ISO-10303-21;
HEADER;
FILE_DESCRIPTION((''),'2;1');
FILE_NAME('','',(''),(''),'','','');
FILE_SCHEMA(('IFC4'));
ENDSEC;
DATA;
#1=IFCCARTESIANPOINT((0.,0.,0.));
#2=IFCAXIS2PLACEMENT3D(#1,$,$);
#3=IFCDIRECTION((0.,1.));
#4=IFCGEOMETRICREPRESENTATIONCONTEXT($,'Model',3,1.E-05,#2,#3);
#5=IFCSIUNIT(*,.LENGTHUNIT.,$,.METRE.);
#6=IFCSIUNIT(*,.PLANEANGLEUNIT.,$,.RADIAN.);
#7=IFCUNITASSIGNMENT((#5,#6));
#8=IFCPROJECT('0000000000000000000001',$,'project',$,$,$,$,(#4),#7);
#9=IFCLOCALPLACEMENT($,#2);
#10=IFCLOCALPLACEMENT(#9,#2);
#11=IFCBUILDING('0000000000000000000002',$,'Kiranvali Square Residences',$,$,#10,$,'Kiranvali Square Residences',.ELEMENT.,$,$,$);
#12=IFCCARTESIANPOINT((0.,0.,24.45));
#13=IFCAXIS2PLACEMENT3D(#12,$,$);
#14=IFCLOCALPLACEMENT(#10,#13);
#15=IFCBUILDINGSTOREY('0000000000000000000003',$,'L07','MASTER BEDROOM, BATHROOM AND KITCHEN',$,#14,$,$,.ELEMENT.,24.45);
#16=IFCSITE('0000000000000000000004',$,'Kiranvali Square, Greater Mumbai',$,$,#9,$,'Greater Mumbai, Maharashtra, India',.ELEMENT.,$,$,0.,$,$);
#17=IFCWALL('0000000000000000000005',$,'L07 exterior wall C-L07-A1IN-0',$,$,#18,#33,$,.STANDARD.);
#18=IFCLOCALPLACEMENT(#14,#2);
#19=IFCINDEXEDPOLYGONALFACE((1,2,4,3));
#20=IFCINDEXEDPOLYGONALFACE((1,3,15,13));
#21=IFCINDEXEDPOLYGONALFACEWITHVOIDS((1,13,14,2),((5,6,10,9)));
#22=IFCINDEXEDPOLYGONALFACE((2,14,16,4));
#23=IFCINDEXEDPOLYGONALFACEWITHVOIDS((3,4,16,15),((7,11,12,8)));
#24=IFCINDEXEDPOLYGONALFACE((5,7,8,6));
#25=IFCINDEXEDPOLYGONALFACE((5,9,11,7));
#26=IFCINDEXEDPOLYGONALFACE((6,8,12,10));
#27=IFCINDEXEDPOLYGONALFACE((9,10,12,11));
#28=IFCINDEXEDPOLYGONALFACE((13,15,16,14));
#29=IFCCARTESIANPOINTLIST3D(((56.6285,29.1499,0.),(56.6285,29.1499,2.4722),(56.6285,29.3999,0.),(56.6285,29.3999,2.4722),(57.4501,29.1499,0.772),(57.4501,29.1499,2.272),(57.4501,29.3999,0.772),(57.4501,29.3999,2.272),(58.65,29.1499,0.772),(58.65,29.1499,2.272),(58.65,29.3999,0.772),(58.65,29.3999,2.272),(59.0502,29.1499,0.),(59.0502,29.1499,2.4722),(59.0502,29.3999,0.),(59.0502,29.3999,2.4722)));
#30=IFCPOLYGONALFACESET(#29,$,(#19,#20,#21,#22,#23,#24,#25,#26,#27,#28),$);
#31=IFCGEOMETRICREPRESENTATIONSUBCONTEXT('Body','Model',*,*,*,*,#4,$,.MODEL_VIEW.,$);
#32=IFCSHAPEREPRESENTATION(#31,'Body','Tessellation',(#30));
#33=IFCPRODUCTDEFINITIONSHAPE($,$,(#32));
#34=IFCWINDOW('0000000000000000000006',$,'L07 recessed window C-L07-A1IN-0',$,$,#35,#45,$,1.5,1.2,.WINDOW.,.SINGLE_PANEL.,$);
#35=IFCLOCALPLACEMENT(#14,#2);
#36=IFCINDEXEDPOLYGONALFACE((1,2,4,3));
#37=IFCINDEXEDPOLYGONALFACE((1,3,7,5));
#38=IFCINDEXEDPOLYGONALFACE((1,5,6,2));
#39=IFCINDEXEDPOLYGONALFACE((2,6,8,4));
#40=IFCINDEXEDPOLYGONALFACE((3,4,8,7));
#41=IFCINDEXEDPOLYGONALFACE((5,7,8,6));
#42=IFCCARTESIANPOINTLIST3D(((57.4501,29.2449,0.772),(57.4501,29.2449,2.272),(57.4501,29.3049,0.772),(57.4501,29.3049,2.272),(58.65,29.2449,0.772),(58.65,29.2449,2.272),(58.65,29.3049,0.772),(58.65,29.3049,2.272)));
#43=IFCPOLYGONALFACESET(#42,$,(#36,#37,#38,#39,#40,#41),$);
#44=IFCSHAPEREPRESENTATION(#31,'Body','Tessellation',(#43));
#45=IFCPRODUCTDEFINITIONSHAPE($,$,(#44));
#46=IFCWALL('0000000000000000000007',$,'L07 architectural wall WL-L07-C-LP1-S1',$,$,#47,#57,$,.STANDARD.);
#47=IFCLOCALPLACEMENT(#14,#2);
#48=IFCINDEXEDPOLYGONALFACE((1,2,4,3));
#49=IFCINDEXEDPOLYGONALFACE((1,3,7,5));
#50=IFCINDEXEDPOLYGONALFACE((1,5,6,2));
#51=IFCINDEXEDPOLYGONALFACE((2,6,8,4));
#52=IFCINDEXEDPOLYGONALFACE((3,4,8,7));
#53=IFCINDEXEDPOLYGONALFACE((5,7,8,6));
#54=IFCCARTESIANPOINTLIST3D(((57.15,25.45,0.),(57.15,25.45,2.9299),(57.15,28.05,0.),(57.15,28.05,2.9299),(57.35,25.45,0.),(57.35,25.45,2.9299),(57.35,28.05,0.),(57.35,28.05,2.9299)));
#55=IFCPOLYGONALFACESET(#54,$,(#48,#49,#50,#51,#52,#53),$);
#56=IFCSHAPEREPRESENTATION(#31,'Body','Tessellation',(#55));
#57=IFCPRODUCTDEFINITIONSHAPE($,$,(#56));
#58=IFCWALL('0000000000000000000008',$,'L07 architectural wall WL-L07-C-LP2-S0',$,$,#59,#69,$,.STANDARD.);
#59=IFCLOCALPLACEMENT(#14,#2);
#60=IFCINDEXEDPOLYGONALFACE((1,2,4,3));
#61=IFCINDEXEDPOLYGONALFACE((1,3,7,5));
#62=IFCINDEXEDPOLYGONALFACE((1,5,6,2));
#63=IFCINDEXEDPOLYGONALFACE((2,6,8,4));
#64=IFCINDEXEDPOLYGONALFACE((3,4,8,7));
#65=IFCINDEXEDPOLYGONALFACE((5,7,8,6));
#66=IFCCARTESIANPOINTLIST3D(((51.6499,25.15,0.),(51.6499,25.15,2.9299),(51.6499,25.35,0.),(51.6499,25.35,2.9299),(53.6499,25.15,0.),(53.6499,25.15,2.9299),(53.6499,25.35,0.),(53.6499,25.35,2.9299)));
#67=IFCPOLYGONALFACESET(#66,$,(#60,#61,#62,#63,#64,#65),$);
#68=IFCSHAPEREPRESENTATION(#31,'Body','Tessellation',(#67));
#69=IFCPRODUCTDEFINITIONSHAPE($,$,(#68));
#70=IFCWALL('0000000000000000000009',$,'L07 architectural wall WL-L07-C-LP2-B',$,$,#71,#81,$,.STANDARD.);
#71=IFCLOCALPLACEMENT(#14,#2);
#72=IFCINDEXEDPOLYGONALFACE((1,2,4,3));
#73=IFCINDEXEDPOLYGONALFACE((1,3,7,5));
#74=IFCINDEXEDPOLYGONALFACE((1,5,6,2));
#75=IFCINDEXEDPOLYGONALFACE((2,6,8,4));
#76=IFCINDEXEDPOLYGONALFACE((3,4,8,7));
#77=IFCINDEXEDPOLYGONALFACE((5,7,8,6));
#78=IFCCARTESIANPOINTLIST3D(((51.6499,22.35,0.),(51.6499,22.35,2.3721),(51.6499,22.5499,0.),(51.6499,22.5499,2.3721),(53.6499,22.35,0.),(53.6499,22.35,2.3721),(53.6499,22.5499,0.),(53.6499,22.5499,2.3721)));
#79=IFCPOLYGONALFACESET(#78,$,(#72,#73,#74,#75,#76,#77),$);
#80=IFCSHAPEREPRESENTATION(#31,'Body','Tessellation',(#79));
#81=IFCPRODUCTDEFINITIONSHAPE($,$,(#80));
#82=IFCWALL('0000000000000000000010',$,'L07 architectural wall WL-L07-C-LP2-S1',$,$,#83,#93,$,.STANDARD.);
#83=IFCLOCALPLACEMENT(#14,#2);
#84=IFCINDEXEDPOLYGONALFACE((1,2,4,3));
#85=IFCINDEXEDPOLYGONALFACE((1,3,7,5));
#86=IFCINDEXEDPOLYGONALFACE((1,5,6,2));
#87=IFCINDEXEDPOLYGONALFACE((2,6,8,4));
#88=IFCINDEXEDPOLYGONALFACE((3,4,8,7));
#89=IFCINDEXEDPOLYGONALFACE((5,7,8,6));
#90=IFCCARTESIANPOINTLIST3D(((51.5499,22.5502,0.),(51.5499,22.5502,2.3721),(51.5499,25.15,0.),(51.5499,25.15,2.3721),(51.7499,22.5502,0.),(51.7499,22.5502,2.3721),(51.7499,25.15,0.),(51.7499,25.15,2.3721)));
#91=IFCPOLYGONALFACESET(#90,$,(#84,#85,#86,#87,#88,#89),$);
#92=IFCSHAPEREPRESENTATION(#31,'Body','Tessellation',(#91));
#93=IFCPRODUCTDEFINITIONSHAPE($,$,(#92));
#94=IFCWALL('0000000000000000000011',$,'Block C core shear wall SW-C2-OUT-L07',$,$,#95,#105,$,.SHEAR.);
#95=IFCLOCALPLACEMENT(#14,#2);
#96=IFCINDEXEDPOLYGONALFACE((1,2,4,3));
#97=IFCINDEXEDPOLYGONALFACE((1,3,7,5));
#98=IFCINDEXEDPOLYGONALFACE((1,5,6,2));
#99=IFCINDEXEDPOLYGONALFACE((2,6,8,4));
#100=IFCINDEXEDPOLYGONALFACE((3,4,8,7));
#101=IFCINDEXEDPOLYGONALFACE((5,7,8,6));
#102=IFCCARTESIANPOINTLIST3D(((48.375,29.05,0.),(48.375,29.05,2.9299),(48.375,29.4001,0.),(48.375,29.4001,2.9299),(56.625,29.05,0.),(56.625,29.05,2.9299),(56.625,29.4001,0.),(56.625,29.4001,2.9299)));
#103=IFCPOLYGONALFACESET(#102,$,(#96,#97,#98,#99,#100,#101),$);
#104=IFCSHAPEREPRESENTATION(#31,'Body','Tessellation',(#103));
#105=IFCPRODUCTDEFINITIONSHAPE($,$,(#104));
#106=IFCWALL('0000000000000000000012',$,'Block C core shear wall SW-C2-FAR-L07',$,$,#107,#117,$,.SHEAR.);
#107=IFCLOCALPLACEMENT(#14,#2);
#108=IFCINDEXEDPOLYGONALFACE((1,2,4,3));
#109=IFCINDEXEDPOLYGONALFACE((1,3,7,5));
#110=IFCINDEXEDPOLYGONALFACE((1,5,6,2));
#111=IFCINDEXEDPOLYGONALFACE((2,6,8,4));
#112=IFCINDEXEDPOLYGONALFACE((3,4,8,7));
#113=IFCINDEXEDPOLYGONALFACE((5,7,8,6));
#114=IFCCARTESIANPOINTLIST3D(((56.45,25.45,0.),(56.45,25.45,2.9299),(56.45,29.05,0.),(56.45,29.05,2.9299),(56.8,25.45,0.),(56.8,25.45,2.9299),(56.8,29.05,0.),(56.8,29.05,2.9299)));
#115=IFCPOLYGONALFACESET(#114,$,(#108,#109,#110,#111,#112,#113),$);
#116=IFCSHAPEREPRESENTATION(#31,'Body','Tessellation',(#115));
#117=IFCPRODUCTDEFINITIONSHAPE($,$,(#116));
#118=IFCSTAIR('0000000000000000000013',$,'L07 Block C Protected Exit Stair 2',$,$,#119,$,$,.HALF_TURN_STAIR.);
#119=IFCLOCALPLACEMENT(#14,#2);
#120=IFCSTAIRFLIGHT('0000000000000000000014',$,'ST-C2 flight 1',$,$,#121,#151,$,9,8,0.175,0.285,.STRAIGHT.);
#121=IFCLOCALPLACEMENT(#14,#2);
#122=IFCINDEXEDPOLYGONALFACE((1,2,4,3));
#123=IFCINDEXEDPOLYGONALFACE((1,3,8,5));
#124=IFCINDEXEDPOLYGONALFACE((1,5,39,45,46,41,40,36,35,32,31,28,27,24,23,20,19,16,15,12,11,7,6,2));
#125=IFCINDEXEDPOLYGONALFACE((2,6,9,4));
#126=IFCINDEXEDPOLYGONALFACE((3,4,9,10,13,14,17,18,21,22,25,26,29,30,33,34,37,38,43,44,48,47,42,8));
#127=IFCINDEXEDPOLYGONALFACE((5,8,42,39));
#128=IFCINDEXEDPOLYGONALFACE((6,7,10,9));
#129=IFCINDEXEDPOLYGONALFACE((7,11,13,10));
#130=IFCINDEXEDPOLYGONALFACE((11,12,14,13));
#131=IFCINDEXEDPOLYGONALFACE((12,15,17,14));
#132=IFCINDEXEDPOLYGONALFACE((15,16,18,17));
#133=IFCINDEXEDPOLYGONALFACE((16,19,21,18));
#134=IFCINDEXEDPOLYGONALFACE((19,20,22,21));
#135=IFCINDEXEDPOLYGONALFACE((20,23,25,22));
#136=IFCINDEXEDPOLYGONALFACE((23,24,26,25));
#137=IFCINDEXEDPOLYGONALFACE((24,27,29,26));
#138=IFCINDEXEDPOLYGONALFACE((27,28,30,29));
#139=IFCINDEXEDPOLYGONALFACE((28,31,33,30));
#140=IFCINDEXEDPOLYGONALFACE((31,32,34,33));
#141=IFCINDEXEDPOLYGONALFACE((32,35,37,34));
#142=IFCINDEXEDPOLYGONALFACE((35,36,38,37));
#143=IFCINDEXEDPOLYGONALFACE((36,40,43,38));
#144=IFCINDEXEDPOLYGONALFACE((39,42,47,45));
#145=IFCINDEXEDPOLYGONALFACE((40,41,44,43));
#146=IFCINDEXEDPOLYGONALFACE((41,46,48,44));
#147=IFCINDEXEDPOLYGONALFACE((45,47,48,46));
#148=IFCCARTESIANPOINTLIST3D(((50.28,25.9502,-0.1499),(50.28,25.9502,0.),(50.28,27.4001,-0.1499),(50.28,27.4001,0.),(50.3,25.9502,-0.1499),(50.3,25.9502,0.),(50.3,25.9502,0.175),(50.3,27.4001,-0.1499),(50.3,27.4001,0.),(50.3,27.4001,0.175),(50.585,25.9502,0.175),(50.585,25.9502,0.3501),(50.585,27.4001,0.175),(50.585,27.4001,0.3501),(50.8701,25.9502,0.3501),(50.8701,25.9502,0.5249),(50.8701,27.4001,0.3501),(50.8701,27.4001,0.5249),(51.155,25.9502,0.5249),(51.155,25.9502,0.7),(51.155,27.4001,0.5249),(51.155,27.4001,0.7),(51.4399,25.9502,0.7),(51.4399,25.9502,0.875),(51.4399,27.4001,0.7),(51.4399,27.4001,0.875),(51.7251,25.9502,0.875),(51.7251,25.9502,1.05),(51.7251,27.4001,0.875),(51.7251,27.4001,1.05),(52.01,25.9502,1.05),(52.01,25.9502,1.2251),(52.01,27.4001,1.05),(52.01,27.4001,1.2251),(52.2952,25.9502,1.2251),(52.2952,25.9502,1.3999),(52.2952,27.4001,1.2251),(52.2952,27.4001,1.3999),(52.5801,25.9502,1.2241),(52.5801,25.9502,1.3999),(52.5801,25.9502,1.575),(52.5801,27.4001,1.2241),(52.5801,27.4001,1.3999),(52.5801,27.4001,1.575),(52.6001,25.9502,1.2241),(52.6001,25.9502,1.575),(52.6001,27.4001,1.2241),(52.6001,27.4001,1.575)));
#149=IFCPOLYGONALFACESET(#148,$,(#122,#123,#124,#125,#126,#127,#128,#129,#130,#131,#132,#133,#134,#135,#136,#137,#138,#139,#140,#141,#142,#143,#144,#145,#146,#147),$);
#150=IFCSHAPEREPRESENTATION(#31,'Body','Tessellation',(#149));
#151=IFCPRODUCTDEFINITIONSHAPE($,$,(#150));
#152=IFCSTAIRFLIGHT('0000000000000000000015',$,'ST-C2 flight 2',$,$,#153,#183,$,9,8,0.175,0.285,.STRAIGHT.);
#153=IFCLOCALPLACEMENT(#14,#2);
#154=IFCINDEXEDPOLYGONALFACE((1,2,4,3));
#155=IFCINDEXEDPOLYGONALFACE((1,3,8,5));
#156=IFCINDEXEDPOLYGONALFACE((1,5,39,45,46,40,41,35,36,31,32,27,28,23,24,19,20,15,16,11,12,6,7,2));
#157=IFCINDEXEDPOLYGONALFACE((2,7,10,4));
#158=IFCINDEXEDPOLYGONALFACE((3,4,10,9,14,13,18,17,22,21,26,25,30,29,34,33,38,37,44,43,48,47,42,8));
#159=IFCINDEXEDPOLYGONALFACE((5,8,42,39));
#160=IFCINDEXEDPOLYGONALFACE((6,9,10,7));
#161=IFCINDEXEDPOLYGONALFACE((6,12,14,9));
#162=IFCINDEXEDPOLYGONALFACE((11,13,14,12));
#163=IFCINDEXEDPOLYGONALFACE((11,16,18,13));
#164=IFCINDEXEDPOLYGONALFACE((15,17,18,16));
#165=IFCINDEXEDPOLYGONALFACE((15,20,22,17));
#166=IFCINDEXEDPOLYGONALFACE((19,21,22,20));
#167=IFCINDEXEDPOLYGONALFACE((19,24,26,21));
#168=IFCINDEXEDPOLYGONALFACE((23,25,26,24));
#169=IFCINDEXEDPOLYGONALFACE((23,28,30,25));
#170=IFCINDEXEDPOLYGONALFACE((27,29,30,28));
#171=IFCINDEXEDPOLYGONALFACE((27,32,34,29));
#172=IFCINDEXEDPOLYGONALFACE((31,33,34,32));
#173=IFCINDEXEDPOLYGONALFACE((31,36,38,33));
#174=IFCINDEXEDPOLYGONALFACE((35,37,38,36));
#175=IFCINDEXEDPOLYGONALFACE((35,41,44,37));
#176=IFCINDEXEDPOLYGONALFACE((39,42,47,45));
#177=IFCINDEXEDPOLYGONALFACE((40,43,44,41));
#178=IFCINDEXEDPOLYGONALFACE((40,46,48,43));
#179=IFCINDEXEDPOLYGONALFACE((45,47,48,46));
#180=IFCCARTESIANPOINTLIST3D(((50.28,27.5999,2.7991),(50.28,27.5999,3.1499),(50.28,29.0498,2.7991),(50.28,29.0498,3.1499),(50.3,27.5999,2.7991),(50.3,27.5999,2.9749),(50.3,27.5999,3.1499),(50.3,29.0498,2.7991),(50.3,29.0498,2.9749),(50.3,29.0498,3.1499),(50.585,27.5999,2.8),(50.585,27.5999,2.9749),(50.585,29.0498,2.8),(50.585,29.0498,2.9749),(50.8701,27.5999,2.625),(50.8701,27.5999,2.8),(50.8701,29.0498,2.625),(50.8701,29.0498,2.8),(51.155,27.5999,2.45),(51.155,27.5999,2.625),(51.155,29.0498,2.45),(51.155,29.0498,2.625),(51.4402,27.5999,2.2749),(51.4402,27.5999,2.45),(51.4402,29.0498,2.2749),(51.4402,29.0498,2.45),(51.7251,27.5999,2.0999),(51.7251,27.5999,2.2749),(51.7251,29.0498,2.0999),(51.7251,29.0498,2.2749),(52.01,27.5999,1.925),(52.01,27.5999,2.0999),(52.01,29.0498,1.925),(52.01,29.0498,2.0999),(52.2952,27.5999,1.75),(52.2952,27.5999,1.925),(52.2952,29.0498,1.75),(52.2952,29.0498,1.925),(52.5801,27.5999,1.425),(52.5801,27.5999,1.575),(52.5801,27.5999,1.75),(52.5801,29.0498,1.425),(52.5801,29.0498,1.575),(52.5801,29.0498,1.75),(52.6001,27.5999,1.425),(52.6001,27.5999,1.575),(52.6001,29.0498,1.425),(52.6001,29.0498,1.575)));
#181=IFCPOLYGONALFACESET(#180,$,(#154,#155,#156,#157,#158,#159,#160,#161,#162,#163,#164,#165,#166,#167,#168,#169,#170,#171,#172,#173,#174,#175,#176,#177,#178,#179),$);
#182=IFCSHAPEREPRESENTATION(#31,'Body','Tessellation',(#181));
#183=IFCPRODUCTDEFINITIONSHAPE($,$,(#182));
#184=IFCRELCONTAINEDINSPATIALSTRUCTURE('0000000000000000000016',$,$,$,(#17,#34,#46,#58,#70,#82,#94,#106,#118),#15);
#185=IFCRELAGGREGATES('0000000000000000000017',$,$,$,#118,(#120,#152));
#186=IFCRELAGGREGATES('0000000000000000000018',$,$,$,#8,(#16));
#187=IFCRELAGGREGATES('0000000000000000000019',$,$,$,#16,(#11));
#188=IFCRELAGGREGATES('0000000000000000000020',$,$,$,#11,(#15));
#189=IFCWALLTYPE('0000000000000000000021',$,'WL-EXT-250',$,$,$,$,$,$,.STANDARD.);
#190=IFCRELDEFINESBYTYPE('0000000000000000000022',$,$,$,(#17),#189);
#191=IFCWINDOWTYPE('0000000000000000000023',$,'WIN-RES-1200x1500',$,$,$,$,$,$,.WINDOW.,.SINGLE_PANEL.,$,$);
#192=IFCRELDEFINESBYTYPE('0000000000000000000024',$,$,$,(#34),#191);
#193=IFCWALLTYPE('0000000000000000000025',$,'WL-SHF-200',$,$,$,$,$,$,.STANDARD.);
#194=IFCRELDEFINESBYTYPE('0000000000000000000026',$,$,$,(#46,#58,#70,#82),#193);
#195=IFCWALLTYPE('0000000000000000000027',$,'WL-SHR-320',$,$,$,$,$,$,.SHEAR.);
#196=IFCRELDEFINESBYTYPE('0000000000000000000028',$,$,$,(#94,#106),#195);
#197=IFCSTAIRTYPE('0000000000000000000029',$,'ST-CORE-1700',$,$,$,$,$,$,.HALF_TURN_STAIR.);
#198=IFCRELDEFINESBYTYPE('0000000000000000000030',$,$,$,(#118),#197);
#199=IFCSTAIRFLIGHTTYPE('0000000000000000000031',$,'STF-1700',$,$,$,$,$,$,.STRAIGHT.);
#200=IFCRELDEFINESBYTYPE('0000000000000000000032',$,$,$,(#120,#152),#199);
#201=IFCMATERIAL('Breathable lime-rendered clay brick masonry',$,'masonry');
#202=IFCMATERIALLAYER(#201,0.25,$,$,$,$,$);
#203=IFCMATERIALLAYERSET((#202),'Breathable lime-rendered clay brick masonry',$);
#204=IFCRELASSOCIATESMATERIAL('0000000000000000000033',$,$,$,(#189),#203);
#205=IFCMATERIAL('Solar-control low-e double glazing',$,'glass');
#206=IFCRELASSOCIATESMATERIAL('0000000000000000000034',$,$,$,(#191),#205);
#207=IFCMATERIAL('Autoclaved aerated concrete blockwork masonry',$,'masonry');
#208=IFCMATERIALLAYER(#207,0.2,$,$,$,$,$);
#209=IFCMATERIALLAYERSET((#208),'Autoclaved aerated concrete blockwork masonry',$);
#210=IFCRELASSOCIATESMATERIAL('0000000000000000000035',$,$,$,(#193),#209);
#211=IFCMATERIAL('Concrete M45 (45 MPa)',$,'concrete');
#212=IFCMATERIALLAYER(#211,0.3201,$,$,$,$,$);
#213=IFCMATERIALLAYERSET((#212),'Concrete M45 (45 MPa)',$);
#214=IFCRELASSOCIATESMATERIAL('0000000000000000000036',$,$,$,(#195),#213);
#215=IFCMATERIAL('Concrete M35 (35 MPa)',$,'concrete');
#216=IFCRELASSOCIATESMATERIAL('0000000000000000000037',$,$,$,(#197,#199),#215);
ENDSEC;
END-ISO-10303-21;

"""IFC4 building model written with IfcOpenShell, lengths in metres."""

from ifc_helpers import new_model, si_unit, direction, frame, frame_2d, origin, place, context, subcontext, project, spatial, polyline, rectangle, outline, extrude, material, layer, layer_set, type_object, element, fill, aggregate, save


model = new_model("IFC4")

# Units and contexts
model_context = context("Model", 3, precision=1e-05, world=origin(), true_north=direction((0.0, 1.0)))
body_context = subcontext(model_context, "Body", "Model", "MODEL_VIEW")
ifc_project = project(units=[si_unit("LENGTHUNIT", "METRE"), si_unit("PLANEANGLEUNIT", "RADIAN")], contexts=[model_context])

# Site, building, storey
site_placement = place(None, origin())
site = spatial("IfcSite", under=ifc_project, at=site_placement, Name="Kiranvali Square, Greater Mumbai", LongName="Greater Mumbai, Maharashtra, India", CompositionType="ELEMENT", RefElevation=0.0)
building_placement = place(site_placement, origin())
building = spatial("IfcBuilding", under=site, at=building_placement, Name="Kiranvali Square Residences", LongName="Kiranvali Square Residences", CompositionType="ELEMENT")
storey_placement = place(building_placement, frame((0.0, 0.0, 24.45)))
storey = spatial("IfcBuildingStorey", under=building, at=storey_placement, Name="L07", Description="MASTER BEDROOM, BATHROOM AND KITCHEN", CompositionType="ELEMENT", Elevation=24.45)

# Wall, opening, window
ifc_material_1 = material(Name="Breathable lime-rendered clay brick masonry", Category="masonry")
ifc_layer_1 = layer(ifc_material_1, 0.25)
ifc_layer_set_1 = layer_set([ifc_layer_1], Name="Breathable lime-rendered clay brick masonry")
wall_type_1 = type_object("IfcWallType", Name="WL-EXT-250", PredefinedType="STANDARD", material=ifc_layer_set_1)
wall_1_placement = place(storey_placement, frame((56.6284, 29.2749, 0.0), z_axis=(0.0, 0.0, 1.0), x_axis=(1.0, 0.0, 0.0)))
wall_1 = element("IfcWall", 1, at=wall_1_placement, inside=storey, type_object=wall_type_1, Name="L07 exterior wall C-L07-A1IN-0", PredefinedType="STANDARD", context=body_context, shape_type="SweptSolid", body=[
    extrude(rectangle(XDim=2.4216, YDim=0.25, at=frame_2d((1.2109, 0.0))), origin(), (0.0, 0.0, 1.0), 2.4722),
])
opening_1_placement = place(wall_1_placement, frame((0.8215, 0.0, 0.772)))
opening_1 = element("IfcOpeningElement", 2, at=opening_1_placement, cuts=wall_1, PredefinedType="OPENING", context=body_context, shape_type="SweptSolid", body=[
    extrude(rectangle(XDim=1.2, YDim=1.5, at=frame_2d((0.6001, 0.75))), frame((0.0, 0.135, 0.0), z_axis=(0.0, -1.0, 0.0), x_axis=(1.0, 0.0, 0.0)), (0.0, 0.0, 1.0), 0.27),
])
ifc_material_2 = material(Name="Solar-control low-e double glazing", Category="glass")
window_type = type_object("IfcWindowType", Name="WIN-RES-1200x1500", PartitioningType="SINGLE_PANEL", PredefinedType="WINDOW", material=ifc_material_2)
window_placement = place(opening_1_placement, origin())
window = element("IfcWindow", 3, at=window_placement, inside=storey, type_object=window_type, Name="L07 recessed window C-L07-A1IN-0", OverallHeight=1.5, OverallWidth=1.2, PartitioningType="SINGLE_PANEL", PredefinedType="WINDOW", context=body_context, shape_type="SweptSolid", body=[
    extrude(rectangle(XDim=1.2, YDim=1.5, at=frame_2d((0.6001, 0.75))), frame((0.0, 0.03, 0.0), z_axis=(0.0, -1.0, 0.0), x_axis=(1.0, 0.0, 0.0)), (0.0, 0.0, 1.0), 0.0601),
])
fill(opening_1, window)

# Wall
ifc_material_3 = material(Name="Autoclaved aerated concrete blockwork masonry", Category="masonry")
ifc_layer_2 = layer(ifc_material_3, 0.2)
ifc_layer_set_2 = layer_set([ifc_layer_2], Name="Autoclaved aerated concrete blockwork masonry")
wall_type_2 = type_object("IfcWallType", Name="WL-SHF-200", PredefinedType="STANDARD", material=ifc_layer_set_2)
wall_2_placement = place(storey_placement, frame((57.25, 28.05, 0.0), z_axis=(0.0, 0.0, 1.0), x_axis=(0.0, -1.0, 0.0)))
element("IfcWall", 4, at=wall_2_placement, inside=storey, type_object=wall_type_2, Name="L07 architectural wall WL-L07-C-LP1-S1", PredefinedType="STANDARD", context=body_context, shape_type="SweptSolid", body=[
    extrude(rectangle(XDim=2.6001, YDim=0.2, at=frame_2d((1.3, 0.0))), origin(), (0.0, 0.0, 1.0), 2.9299),
])

# Walls
wall_3_placement = place(storey_placement, frame((51.6499, 25.25, 0.0), z_axis=(0.0, 0.0, 1.0), x_axis=(1.0, 0.0, 0.0)))
element("IfcWall", 5, at=wall_3_placement, inside=storey, type_object=wall_type_2, Name="L07 architectural wall WL-L07-C-LP2-S0", PredefinedType="STANDARD", context=body_context, shape_type="SweptSolid", body=[
    extrude(rectangle(XDim=2.0, YDim=0.2, at=frame_2d((1.0, 0.0))), origin(), (0.0, 0.0, 1.0), 2.9299),
])
wall_4_placement = place(storey_placement, frame((51.6499, 22.45, 0.0), z_axis=(0.0, 0.0, 1.0), x_axis=(1.0, 0.0, 0.0)))
element("IfcWall", 6, at=wall_4_placement, inside=storey, type_object=wall_type_2, Name="L07 architectural wall WL-L07-C-LP2-B", PredefinedType="STANDARD", context=body_context, shape_type="SweptSolid", body=[
    extrude(rectangle(XDim=2.0, YDim=0.2, at=frame_2d((1.0, 0.0))), origin(), (0.0, 0.0, 1.0), 2.3721),
])
wall_5_placement = place(storey_placement, frame((51.6499, 25.1499, 0.0), z_axis=(0.0, 0.0, 1.0), x_axis=(0.0, -1.0, 0.0)))
element("IfcWall", 7, at=wall_5_placement, inside=storey, type_object=wall_type_2, Name="L07 architectural wall WL-L07-C-LP2-S1", PredefinedType="STANDARD", context=body_context, shape_type="SweptSolid", body=[
    extrude(rectangle(XDim=2.5999, YDim=0.2, at=frame_2d((1.2998, 0.0))), origin(), (0.0, 0.0, 1.0), 2.3721),
])

# Wall
ifc_material_4 = material(Name="Concrete M45 (45 MPa)", Category="concrete")
ifc_layer_3 = layer(ifc_material_4, 0.3201)
ifc_layer_set_3 = layer_set([ifc_layer_3], Name="Concrete M45 (45 MPa)")
wall_type_3 = type_object("IfcWallType", Name="WL-SHR-320", PredefinedType="SHEAR", material=ifc_layer_set_3)
wall_6_placement = place(storey_placement, frame((48.375, 29.2251, 0.0), z_axis=(0.0, 0.0, 1.0), x_axis=(1.0, 0.0, 0.0)))
element("IfcWall", 8, at=wall_6_placement, inside=storey, type_object=wall_type_3, Name="Block C core shear wall SW-C2-OUT-L07", PredefinedType="SHEAR", context=body_context, shape_type="SweptSolid", body=[
    extrude(rectangle(XDim=8.25, YDim=0.3501, at=frame_2d((4.125, 0.0))), origin(), (0.0, 0.0, 1.0), 2.9299),
])

# Wall
wall_7_placement = place(storey_placement, frame((56.625, 29.05, 0.0), z_axis=(0.0, 0.0, 1.0), x_axis=(0.0, -1.0, 0.0)))
element("IfcWall", 9, at=wall_7_placement, inside=storey, type_object=wall_type_3, Name="Block C core shear wall SW-C2-FAR-L07", PredefinedType="SHEAR", context=body_context, shape_type="SweptSolid", body=[
    extrude(rectangle(XDim=3.6001, YDim=0.3501, at=frame_2d((1.8, 0.0))), origin(), (0.0, 0.0, 1.0), 2.9299),
])

# Stair, stair flights
ifc_material_5 = material(Name="Concrete M35 (35 MPa)", Category="concrete")
stair_type = type_object("IfcStairType", Name="ST-CORE-1700", PredefinedType="HALF_TURN_STAIR", material=ifc_material_5)
stair_placement = place(storey_placement, origin())
stair = element("IfcStair", 10, at=stair_placement, inside=storey, type_object=stair_type, Name="L07 Block C Protected Exit Stair 2", PredefinedType="HALF_TURN_STAIR")
stair_flight_type = type_object("IfcStairFlightType", Name="STF-1700", PredefinedType="STRAIGHT", material=ifc_material_5)
stair_flight_1_placement = place(storey_placement, frame((50.3, 26.675, 0.0), z_axis=(0.0, 0.0, 1.0), x_axis=(1.0, 0.0, 0.0)))
stair_flight_1 = element("IfcStairFlight", 11, at=stair_flight_1_placement, type_object=stair_flight_type, Name="ST-C2 flight 1", NumberOfRisers=9, NumberOfTreads=8, PredefinedType="STRAIGHT", RiserHeight=0.175, TreadLength=0.285, context=body_context, shape_type="SweptSolid", body=[
    extrude(outline(polyline([(-0.02, -0.1499), (-0.02, 0.0), (0.0, 0.0), (0.0, 0.175), (0.2849, 0.175), (0.2849, 0.3501), (0.5701, 0.3501), (0.5701, 0.5249), (0.855, 0.5249), (0.855, 0.7), (1.1399, 0.7), (1.1399, 0.875), (1.425, 0.875), (1.425, 1.05), (1.71, 1.05), (1.71, 1.2251), (1.9951, 1.2251), (1.9951, 1.3999), (2.28, 1.3999), (2.28, 1.575), (2.3, 1.575), (2.3, 1.2241), (2.28, 1.2241), (0.0, -0.1499), (-0.02, -0.1499)])), frame((0.0, 0.7251, 0.0), z_axis=(0.0, -1.0, 0.0), x_axis=(1.0, 0.0, 0.0)), (0.0, 0.0, 1.0), 1.45),
])
stair_flight_2_placement = place(storey_placement, frame((52.5801, 28.325, 1.575), z_axis=(0.0, 0.0, 1.0), x_axis=(-1.0, 0.0, 0.0)))
stair_flight_2 = element("IfcStairFlight", 12, at=stair_flight_2_placement, type_object=stair_flight_type, Name="ST-C2 flight 2", NumberOfRisers=9, NumberOfTreads=8, PredefinedType="STRAIGHT", RiserHeight=0.175, TreadLength=0.285, context=body_context, shape_type="SweptSolid", body=[
    extrude(outline(polyline([(-0.02, -0.1499), (-0.02, 0.0), (0.0, 0.0), (0.0, 0.175), (0.2849, 0.175), (0.2849, 0.3501), (0.5701, 0.3501), (0.5701, 0.5249), (0.855, 0.5249), (0.855, 0.7), (1.1399, 0.7), (1.1399, 0.875), (1.425, 0.875), (1.425, 1.05), (1.71, 1.05), (1.71, 1.2251), (1.9951, 1.2251), (1.9951, 1.3999), (2.28, 1.3999), (2.28, 1.575), (2.3, 1.575), (2.3, 1.2241), (2.28, 1.2241), (0.0, -0.1499), (-0.02, -0.1499)])), frame((0.0, 0.7251, 0.0), z_axis=(0.0, -1.0, 0.0), x_axis=(1.0, 0.0, 0.0)), (0.0, 0.0, 1.0), 1.45),
])
aggregate(stair, [stair_flight_1, stair_flight_2])

save(model, "model.ifc")
